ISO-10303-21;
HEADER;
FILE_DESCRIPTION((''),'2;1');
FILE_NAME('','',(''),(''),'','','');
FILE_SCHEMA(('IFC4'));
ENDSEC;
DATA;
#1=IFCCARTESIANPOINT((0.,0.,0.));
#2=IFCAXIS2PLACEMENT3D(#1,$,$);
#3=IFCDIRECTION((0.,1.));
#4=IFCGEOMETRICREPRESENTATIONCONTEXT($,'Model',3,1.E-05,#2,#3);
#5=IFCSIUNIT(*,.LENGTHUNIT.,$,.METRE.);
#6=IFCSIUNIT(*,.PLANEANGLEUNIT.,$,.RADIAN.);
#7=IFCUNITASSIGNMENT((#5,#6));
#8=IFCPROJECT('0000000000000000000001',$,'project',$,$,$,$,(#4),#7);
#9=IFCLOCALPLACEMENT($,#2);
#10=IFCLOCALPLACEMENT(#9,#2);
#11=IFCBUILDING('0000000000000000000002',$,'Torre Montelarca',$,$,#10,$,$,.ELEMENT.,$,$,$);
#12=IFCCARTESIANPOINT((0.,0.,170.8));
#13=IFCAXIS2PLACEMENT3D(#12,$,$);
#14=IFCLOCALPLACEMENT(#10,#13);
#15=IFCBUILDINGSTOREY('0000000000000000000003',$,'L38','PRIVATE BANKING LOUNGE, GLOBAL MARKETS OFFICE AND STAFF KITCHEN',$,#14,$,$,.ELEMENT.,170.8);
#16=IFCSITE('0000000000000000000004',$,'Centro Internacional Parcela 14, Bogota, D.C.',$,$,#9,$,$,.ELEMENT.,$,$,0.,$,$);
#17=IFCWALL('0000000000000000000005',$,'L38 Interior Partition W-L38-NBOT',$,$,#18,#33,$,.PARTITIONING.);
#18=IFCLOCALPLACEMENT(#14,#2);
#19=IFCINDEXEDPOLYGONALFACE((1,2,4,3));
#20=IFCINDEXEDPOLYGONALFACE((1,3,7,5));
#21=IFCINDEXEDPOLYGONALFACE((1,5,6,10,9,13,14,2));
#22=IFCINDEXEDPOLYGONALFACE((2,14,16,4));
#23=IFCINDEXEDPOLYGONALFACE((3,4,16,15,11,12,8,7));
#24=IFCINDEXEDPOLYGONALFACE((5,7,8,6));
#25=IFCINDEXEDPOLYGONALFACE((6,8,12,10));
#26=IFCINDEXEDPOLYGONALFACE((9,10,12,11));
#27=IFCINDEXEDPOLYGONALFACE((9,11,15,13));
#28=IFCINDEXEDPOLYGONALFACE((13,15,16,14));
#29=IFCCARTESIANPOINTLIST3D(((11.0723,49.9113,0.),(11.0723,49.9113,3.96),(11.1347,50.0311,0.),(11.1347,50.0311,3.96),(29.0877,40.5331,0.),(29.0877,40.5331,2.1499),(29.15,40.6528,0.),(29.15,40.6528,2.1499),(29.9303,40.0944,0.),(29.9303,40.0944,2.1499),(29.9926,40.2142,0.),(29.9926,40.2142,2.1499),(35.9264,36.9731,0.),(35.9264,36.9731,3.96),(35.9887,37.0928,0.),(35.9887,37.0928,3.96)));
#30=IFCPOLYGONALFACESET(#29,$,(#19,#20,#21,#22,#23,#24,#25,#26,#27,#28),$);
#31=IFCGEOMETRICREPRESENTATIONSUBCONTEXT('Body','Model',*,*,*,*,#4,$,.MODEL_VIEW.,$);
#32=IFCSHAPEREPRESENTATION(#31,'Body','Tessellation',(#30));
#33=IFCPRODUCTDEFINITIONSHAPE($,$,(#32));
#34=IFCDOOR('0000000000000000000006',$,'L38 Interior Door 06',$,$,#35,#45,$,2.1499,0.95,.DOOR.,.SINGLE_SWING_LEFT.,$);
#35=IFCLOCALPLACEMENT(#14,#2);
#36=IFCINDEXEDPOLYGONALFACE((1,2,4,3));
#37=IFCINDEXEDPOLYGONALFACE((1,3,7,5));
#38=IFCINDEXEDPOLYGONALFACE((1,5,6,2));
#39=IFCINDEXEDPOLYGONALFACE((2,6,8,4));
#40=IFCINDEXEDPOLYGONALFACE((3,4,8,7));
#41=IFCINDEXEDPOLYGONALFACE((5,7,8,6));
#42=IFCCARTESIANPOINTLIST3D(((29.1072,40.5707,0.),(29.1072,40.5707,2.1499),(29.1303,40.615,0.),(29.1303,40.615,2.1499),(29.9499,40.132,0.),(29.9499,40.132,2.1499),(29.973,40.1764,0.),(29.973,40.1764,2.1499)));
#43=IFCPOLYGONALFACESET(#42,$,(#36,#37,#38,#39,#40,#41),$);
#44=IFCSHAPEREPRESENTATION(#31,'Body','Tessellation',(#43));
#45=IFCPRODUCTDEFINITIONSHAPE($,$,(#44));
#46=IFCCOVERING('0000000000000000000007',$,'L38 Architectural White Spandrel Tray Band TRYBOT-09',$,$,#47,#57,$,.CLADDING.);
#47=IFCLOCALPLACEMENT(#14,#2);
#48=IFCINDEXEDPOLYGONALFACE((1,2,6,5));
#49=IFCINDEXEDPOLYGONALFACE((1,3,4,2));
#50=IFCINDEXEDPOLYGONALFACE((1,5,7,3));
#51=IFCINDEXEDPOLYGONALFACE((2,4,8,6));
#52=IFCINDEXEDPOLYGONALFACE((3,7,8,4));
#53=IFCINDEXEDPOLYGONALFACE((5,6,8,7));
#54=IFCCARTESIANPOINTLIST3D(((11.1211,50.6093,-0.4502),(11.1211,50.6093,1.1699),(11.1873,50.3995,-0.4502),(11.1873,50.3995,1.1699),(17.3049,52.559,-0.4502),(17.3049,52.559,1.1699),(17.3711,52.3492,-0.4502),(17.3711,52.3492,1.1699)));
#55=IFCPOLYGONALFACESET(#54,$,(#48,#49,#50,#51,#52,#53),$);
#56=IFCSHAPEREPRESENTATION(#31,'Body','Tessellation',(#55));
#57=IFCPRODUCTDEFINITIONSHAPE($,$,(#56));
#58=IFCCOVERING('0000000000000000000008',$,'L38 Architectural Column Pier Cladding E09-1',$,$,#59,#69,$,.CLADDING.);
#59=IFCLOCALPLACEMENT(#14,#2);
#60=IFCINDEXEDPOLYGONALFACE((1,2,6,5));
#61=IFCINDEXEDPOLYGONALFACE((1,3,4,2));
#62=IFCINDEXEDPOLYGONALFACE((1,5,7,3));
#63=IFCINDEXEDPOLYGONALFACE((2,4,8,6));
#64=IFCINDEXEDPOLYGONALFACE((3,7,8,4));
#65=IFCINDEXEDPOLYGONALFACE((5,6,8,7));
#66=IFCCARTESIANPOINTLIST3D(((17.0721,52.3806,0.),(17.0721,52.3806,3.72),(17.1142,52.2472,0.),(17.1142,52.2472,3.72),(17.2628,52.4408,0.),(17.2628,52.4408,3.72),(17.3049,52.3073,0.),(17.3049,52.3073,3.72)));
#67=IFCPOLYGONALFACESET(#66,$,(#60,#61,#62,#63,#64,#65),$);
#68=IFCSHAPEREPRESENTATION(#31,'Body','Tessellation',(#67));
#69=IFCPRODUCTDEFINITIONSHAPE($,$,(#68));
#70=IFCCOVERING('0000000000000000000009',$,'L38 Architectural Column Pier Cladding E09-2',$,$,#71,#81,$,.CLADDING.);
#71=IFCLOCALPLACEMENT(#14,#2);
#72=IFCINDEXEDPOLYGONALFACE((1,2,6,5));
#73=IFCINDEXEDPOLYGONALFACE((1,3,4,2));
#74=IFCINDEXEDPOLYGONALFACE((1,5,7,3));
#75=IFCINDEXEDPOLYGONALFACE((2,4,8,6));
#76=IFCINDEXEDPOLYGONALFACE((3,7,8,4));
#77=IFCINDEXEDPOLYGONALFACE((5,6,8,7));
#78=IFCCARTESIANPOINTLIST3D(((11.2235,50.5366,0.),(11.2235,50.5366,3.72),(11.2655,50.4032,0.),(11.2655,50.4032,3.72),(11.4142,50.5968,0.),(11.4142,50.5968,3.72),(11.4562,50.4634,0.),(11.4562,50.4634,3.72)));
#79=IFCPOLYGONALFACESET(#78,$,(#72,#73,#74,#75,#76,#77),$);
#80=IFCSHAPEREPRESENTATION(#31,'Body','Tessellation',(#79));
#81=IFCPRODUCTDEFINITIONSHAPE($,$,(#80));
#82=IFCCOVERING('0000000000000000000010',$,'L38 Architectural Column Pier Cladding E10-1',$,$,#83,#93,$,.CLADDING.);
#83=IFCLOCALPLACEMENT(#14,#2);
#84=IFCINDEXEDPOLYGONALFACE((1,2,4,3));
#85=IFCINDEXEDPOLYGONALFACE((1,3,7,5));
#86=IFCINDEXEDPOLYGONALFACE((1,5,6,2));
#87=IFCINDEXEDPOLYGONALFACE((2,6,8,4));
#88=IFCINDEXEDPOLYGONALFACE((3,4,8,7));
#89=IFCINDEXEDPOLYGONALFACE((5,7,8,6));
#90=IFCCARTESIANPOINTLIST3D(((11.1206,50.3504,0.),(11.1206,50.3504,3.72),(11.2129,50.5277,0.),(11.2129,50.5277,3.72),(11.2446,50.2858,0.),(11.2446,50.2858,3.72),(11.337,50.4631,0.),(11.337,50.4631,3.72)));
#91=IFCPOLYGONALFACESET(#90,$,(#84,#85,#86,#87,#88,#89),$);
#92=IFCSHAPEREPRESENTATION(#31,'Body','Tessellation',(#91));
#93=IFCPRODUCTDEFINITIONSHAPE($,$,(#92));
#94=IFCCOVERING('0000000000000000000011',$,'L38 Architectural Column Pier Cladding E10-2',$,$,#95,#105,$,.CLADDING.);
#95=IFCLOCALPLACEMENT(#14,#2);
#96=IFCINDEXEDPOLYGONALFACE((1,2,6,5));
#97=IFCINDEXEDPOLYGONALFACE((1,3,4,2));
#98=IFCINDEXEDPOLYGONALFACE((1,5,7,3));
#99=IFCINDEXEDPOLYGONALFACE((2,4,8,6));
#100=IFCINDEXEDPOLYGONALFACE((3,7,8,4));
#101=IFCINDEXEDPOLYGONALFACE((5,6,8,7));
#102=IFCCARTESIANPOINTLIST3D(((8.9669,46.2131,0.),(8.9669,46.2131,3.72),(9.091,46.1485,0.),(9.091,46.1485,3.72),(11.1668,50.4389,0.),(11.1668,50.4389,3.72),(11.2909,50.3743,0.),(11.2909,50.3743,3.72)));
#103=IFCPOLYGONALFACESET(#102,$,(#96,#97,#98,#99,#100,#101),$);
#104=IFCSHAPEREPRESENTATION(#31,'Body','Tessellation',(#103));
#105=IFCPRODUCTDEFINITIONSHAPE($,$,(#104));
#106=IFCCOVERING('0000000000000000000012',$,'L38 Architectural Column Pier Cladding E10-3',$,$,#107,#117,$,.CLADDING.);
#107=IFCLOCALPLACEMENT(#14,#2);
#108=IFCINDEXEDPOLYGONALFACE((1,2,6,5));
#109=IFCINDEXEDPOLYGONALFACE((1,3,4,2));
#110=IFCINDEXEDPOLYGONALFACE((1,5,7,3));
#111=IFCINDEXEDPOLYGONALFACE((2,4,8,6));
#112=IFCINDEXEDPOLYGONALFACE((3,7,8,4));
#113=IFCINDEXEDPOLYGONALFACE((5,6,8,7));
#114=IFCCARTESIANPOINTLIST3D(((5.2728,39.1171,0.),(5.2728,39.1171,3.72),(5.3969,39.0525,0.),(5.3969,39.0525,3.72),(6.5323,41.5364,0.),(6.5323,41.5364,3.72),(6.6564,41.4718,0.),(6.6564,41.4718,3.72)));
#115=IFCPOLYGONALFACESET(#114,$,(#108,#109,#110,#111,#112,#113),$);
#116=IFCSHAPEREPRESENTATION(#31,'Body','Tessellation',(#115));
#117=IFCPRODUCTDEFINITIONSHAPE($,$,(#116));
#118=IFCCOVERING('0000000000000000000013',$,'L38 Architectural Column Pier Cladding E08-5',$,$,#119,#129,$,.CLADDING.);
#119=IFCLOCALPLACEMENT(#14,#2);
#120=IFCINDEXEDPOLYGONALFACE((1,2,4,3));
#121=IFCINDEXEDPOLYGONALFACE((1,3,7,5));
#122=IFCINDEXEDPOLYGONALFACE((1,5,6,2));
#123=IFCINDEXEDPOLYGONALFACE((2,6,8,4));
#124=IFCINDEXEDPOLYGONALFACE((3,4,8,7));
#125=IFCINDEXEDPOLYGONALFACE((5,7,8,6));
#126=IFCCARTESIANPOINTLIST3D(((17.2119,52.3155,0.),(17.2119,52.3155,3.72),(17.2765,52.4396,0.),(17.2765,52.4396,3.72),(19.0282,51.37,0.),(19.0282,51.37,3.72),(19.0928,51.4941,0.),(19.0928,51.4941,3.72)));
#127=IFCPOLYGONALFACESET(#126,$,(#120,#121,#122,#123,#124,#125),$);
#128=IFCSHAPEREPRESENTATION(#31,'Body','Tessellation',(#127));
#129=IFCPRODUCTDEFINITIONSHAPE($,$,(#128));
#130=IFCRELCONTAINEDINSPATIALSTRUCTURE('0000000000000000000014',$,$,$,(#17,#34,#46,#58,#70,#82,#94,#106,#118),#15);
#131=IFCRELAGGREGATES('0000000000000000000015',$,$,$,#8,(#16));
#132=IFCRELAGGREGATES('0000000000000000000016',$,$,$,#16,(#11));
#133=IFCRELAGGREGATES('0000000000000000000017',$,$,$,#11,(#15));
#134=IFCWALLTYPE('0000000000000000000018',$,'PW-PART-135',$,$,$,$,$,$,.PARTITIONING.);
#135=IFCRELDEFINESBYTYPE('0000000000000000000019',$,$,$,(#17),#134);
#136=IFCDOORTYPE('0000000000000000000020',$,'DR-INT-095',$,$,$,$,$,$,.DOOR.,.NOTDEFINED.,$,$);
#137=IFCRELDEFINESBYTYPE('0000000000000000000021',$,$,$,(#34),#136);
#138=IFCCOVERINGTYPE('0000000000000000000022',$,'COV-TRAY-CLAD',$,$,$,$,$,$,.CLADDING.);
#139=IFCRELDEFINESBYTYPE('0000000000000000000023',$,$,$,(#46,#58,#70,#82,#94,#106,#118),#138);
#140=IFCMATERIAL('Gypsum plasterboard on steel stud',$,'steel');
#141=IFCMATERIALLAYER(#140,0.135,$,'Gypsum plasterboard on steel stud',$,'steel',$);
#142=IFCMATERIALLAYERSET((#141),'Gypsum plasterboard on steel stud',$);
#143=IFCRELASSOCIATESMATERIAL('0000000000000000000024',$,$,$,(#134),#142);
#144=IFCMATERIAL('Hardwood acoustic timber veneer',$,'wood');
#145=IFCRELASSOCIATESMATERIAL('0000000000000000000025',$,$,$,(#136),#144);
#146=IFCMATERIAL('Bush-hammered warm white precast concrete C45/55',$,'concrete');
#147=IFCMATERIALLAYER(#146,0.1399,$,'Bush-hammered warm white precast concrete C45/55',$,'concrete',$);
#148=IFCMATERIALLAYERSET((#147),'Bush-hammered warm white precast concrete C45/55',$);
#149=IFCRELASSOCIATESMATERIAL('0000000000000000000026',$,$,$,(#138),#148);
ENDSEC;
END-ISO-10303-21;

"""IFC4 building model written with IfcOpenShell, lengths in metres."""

from ifc_helpers import new_model, si_unit, direction, frame, frame_2d, origin, origin_2d, place, context, subcontext, project, spatial, rectangle, extrude, source, transform, mapped, material, layer, layer_set, type_object, element, fill, save


model = new_model("IFC4")

# Units and contexts
model_context = context("Model", 3, precision=1e-05, world=origin(), true_north=direction((0.0, 1.0)))
body_context = subcontext(model_context, "Body", "Model", "MODEL_VIEW")
ifc_project = project(units=[si_unit("LENGTHUNIT", "METRE"), si_unit("PLANEANGLEUNIT", "RADIAN")], contexts=[model_context])

# Site, building, storey
site_placement = place(None, origin())
site = spatial("IfcSite", under=ifc_project, at=site_placement, Name="Centro Internacional Parcela 14, Bogota, D.C.", CompositionType="ELEMENT", RefElevation=0.0)
building_placement = place(site_placement, origin())
building = spatial("IfcBuilding", under=site, at=building_placement, Name="Torre Montelarca", CompositionType="ELEMENT")
storey_placement = place(building_placement, frame((0.0, 0.0, 170.8)))
storey = spatial("IfcBuildingStorey", under=building, at=storey_placement, Name="L38", Description="PRIVATE BANKING LOUNGE, GLOBAL MARKETS OFFICE AND STAFF KITCHEN", CompositionType="ELEMENT", Elevation=170.8)

# Wall, opening, door
ifc_material_1 = material(Name="Gypsum plasterboard on steel stud", Category="steel")
ifc_layer_1 = layer(ifc_material_1, 0.135, Name="Gypsum plasterboard on steel stud", Category="steel")
ifc_layer_set_1 = layer_set([ifc_layer_1], Name="Gypsum plasterboard on steel stud")
wall_type_1 = type_object("IfcWallType", Name="PW-PART-135", PredefinedType="PARTITIONING", material=ifc_layer_set_1)
wall_1_placement = place(storey_placement, frame((11.1035, 49.9712, 0.0), z_axis=(0.0, 0.0, 1.0), x_axis=(0.88701, -0.46175, 0.0)))
wall_1 = element("IfcWall", 1, at=wall_1_placement, inside=storey, type_object=wall_type_1, Name="L38 Interior Partition W-L38-NBOT", PredefinedType="PARTITIONING", context=body_context, shape_type="SweptSolid", body=[
    extrude(rectangle(XDim=28.02, YDim=0.135, at=frame_2d((14.01, 0.0))), origin(), (0.0, 0.0, 1.0), 3.96),
])
opening_placement = place(wall_1_placement, frame((20.3101, 0.0, 0.0)))
opening = element("IfcOpeningElement", 2, at=opening_placement, cuts=wall_1, PredefinedType="OPENING", context=body_context, shape_type="SweptSolid", body=[
    extrude(rectangle(XDim=0.95, YDim=2.1499, at=frame_2d((0.4751, 1.075))), frame((0.0, 0.0776, 0.0), z_axis=(0.0, -1.0, 0.0), x_axis=(1.0, 0.0, 0.0)), (0.0, 0.0, 1.0), 0.155),
])
ifc_material_2 = material(Name="Hardwood acoustic timber veneer", Category="wood")
door_type = type_object("IfcDoorType", Name="DR-INT-095", OperationType="NOTDEFINED", PredefinedType="DOOR", material=ifc_material_2)
shared_shape_1 = source(origin(), body_context, "Body", "SweptSolid", [
    extrude(rectangle(XDim=0.95, YDim=2.1499, at=frame_2d((0.4751, 1.075))), frame((0.0, 0.0249, 0.0), z_axis=(0.0, -1.0, 0.0), x_axis=(1.0, 0.0, 0.0)), (0.0, 0.0, 1.0), 0.05),
])
door_placement = place(opening_placement, origin())
door = element("IfcDoor", 3, at=door_placement, inside=storey, type_object=door_type, Name="L38 Interior Door 06", OperationType="SINGLE_SWING_LEFT", OverallHeight=2.1499, OverallWidth=0.95, PredefinedType="DOOR", context=body_context, shape_type="MappedRepresentation", body=[
    mapped(shared_shape_1, transform((0.0, 0.0, 0.0), scale=1.0)),
])
fill(opening, door)

# Coverings
ifc_material_3 = material(Name="Bush-hammered warm white precast concrete C45/55", Category="concrete")
ifc_layer_2 = layer(ifc_material_3, 0.1399, Name="Bush-hammered warm white precast concrete C45/55", Category="concrete")
ifc_layer_set_2 = layer_set([ifc_layer_2], Name="Bush-hammered warm white precast concrete C45/55")
covering_type = type_object("IfcCoveringType", Name="COV-TRAY-CLAD", PredefinedType="CLADDING", material=ifc_layer_set_2)
shared_shape_2 = source(origin(), body_context, "Body", "SweptSolid", [
    extrude(rectangle(XDim=6.4839, YDim=0.22, at=origin_2d()), origin(), (0.0, 0.0, 1.0), 1.6201),
])
covering_1_placement = place(storey_placement, frame((14.2461, 51.4792, -0.4502), z_axis=(0.0, 0.0, 1.0), x_axis=(-0.953716, -0.300709, 0.0)))
element("IfcCovering", 4, at=covering_1_placement, inside=storey, type_object=covering_type, Name="L38 Architectural White Spandrel Tray Band TRYBOT-09", PredefinedType="CLADDING", context=body_context, shape_type="MappedRepresentation", body=[
    mapped(shared_shape_2, transform((0.0, 0.0, 0.0), scale=1.0)),
])
shared_shape_3 = source(origin(), body_context, "Body", "SweptSolid", [
    extrude(rectangle(XDim=0.2, YDim=0.1399, at=origin_2d()), origin(), (0.0, 0.0, 1.0), 3.72),
])
for number, where, z_axis, x_axis, name in (
    (5, (17.1885, 52.344, 0.0), (0.0, 0.0, 1.0), (-0.953717, -0.300706, 0.0), "L38 Architectural Column Pier Cladding E09-1"),
    (6, (11.3398, 50.5, 0.0), (0.0, 0.0, 1.0), (-0.953717, -0.300706, 0.0), "L38 Architectural Column Pier Cladding E09-2"),
    (7, (11.2288, 50.4067, 0.0), (0.0, 0.0, 1.0), (-0.461746, -0.887012, 0.0), "L38 Architectural Column Pier Cladding E10-1"),
):
    element("IfcCovering", number, at=place(storey_placement, frame(where, z_axis=z_axis, x_axis=x_axis)), inside=storey, type_object=covering_type, Name=name, PredefinedType="CLADDING", context=body_context, shape_type="MappedRepresentation", body=[
        mapped(shared_shape_3, transform((0.0, 0.0, 0.0), scale=1.0)),
    ])
shared_shape_4 = source(origin(), body_context, "Body", "SweptSolid", [
    extrude(rectangle(XDim=4.7642, YDim=0.1399, at=origin_2d()), origin(), (0.0, 0.0, 1.0), 3.72),
])
covering_2_placement = place(storey_placement, frame((10.1289, 48.2937, 0.0), z_axis=(0.0, 0.0, 1.0), x_axis=(-0.461746, -0.887012, 0.0)))
element("IfcCovering", 8, at=covering_2_placement, inside=storey, type_object=covering_type, Name="L38 Architectural Column Pier Cladding E10-2", PredefinedType="CLADDING", context=body_context, shape_type="MappedRepresentation", body=[
    mapped(shared_shape_4, transform((0.0, 0.0, 0.0), scale=1.0)),
])
shared_shape_5 = source(origin(), body_context, "Body", "SweptSolid", [
    extrude(rectangle(XDim=2.7275, YDim=0.1399, at=origin_2d()), origin(), (0.0, 0.0, 1.0), 3.72),
])
covering_3_placement = place(storey_placement, frame((5.9646, 40.2944, 0.0), z_axis=(0.0, 0.0, 1.0), x_axis=(-0.461746, -0.887012, 0.0)))
element("IfcCovering", 9, at=covering_3_placement, inside=storey, type_object=covering_type, Name="L38 Architectural Column Pier Cladding E10-3", PredefinedType="CLADDING", context=body_context, shape_type="MappedRepresentation", body=[
    mapped(shared_shape_5, transform((0.0, 0.0, 0.0), scale=1.0)),
])
shared_shape_6 = source(origin(), body_context, "Body", "SweptSolid", [
    extrude(rectangle(XDim=2.0476, YDim=0.1399, at=origin_2d()), origin(), (0.0, 0.0, 1.0), 3.72),
])
covering_4_placement = place(storey_placement, frame((18.1523, 51.9048, 0.0), z_axis=(0.0, 0.0, 1.0), x_axis=(-0.887011, 0.461749, 0.0)))
element("IfcCovering", 10, at=covering_4_placement, inside=storey, type_object=covering_type, Name="L38 Architectural Column Pier Cladding E08-5", PredefinedType="CLADDING", context=body_context, shape_type="MappedRepresentation", body=[
    mapped(shared_shape_6, transform((0.0, 0.0, 0.0), scale=1.0)),
])

save(model, "model.ifc")
